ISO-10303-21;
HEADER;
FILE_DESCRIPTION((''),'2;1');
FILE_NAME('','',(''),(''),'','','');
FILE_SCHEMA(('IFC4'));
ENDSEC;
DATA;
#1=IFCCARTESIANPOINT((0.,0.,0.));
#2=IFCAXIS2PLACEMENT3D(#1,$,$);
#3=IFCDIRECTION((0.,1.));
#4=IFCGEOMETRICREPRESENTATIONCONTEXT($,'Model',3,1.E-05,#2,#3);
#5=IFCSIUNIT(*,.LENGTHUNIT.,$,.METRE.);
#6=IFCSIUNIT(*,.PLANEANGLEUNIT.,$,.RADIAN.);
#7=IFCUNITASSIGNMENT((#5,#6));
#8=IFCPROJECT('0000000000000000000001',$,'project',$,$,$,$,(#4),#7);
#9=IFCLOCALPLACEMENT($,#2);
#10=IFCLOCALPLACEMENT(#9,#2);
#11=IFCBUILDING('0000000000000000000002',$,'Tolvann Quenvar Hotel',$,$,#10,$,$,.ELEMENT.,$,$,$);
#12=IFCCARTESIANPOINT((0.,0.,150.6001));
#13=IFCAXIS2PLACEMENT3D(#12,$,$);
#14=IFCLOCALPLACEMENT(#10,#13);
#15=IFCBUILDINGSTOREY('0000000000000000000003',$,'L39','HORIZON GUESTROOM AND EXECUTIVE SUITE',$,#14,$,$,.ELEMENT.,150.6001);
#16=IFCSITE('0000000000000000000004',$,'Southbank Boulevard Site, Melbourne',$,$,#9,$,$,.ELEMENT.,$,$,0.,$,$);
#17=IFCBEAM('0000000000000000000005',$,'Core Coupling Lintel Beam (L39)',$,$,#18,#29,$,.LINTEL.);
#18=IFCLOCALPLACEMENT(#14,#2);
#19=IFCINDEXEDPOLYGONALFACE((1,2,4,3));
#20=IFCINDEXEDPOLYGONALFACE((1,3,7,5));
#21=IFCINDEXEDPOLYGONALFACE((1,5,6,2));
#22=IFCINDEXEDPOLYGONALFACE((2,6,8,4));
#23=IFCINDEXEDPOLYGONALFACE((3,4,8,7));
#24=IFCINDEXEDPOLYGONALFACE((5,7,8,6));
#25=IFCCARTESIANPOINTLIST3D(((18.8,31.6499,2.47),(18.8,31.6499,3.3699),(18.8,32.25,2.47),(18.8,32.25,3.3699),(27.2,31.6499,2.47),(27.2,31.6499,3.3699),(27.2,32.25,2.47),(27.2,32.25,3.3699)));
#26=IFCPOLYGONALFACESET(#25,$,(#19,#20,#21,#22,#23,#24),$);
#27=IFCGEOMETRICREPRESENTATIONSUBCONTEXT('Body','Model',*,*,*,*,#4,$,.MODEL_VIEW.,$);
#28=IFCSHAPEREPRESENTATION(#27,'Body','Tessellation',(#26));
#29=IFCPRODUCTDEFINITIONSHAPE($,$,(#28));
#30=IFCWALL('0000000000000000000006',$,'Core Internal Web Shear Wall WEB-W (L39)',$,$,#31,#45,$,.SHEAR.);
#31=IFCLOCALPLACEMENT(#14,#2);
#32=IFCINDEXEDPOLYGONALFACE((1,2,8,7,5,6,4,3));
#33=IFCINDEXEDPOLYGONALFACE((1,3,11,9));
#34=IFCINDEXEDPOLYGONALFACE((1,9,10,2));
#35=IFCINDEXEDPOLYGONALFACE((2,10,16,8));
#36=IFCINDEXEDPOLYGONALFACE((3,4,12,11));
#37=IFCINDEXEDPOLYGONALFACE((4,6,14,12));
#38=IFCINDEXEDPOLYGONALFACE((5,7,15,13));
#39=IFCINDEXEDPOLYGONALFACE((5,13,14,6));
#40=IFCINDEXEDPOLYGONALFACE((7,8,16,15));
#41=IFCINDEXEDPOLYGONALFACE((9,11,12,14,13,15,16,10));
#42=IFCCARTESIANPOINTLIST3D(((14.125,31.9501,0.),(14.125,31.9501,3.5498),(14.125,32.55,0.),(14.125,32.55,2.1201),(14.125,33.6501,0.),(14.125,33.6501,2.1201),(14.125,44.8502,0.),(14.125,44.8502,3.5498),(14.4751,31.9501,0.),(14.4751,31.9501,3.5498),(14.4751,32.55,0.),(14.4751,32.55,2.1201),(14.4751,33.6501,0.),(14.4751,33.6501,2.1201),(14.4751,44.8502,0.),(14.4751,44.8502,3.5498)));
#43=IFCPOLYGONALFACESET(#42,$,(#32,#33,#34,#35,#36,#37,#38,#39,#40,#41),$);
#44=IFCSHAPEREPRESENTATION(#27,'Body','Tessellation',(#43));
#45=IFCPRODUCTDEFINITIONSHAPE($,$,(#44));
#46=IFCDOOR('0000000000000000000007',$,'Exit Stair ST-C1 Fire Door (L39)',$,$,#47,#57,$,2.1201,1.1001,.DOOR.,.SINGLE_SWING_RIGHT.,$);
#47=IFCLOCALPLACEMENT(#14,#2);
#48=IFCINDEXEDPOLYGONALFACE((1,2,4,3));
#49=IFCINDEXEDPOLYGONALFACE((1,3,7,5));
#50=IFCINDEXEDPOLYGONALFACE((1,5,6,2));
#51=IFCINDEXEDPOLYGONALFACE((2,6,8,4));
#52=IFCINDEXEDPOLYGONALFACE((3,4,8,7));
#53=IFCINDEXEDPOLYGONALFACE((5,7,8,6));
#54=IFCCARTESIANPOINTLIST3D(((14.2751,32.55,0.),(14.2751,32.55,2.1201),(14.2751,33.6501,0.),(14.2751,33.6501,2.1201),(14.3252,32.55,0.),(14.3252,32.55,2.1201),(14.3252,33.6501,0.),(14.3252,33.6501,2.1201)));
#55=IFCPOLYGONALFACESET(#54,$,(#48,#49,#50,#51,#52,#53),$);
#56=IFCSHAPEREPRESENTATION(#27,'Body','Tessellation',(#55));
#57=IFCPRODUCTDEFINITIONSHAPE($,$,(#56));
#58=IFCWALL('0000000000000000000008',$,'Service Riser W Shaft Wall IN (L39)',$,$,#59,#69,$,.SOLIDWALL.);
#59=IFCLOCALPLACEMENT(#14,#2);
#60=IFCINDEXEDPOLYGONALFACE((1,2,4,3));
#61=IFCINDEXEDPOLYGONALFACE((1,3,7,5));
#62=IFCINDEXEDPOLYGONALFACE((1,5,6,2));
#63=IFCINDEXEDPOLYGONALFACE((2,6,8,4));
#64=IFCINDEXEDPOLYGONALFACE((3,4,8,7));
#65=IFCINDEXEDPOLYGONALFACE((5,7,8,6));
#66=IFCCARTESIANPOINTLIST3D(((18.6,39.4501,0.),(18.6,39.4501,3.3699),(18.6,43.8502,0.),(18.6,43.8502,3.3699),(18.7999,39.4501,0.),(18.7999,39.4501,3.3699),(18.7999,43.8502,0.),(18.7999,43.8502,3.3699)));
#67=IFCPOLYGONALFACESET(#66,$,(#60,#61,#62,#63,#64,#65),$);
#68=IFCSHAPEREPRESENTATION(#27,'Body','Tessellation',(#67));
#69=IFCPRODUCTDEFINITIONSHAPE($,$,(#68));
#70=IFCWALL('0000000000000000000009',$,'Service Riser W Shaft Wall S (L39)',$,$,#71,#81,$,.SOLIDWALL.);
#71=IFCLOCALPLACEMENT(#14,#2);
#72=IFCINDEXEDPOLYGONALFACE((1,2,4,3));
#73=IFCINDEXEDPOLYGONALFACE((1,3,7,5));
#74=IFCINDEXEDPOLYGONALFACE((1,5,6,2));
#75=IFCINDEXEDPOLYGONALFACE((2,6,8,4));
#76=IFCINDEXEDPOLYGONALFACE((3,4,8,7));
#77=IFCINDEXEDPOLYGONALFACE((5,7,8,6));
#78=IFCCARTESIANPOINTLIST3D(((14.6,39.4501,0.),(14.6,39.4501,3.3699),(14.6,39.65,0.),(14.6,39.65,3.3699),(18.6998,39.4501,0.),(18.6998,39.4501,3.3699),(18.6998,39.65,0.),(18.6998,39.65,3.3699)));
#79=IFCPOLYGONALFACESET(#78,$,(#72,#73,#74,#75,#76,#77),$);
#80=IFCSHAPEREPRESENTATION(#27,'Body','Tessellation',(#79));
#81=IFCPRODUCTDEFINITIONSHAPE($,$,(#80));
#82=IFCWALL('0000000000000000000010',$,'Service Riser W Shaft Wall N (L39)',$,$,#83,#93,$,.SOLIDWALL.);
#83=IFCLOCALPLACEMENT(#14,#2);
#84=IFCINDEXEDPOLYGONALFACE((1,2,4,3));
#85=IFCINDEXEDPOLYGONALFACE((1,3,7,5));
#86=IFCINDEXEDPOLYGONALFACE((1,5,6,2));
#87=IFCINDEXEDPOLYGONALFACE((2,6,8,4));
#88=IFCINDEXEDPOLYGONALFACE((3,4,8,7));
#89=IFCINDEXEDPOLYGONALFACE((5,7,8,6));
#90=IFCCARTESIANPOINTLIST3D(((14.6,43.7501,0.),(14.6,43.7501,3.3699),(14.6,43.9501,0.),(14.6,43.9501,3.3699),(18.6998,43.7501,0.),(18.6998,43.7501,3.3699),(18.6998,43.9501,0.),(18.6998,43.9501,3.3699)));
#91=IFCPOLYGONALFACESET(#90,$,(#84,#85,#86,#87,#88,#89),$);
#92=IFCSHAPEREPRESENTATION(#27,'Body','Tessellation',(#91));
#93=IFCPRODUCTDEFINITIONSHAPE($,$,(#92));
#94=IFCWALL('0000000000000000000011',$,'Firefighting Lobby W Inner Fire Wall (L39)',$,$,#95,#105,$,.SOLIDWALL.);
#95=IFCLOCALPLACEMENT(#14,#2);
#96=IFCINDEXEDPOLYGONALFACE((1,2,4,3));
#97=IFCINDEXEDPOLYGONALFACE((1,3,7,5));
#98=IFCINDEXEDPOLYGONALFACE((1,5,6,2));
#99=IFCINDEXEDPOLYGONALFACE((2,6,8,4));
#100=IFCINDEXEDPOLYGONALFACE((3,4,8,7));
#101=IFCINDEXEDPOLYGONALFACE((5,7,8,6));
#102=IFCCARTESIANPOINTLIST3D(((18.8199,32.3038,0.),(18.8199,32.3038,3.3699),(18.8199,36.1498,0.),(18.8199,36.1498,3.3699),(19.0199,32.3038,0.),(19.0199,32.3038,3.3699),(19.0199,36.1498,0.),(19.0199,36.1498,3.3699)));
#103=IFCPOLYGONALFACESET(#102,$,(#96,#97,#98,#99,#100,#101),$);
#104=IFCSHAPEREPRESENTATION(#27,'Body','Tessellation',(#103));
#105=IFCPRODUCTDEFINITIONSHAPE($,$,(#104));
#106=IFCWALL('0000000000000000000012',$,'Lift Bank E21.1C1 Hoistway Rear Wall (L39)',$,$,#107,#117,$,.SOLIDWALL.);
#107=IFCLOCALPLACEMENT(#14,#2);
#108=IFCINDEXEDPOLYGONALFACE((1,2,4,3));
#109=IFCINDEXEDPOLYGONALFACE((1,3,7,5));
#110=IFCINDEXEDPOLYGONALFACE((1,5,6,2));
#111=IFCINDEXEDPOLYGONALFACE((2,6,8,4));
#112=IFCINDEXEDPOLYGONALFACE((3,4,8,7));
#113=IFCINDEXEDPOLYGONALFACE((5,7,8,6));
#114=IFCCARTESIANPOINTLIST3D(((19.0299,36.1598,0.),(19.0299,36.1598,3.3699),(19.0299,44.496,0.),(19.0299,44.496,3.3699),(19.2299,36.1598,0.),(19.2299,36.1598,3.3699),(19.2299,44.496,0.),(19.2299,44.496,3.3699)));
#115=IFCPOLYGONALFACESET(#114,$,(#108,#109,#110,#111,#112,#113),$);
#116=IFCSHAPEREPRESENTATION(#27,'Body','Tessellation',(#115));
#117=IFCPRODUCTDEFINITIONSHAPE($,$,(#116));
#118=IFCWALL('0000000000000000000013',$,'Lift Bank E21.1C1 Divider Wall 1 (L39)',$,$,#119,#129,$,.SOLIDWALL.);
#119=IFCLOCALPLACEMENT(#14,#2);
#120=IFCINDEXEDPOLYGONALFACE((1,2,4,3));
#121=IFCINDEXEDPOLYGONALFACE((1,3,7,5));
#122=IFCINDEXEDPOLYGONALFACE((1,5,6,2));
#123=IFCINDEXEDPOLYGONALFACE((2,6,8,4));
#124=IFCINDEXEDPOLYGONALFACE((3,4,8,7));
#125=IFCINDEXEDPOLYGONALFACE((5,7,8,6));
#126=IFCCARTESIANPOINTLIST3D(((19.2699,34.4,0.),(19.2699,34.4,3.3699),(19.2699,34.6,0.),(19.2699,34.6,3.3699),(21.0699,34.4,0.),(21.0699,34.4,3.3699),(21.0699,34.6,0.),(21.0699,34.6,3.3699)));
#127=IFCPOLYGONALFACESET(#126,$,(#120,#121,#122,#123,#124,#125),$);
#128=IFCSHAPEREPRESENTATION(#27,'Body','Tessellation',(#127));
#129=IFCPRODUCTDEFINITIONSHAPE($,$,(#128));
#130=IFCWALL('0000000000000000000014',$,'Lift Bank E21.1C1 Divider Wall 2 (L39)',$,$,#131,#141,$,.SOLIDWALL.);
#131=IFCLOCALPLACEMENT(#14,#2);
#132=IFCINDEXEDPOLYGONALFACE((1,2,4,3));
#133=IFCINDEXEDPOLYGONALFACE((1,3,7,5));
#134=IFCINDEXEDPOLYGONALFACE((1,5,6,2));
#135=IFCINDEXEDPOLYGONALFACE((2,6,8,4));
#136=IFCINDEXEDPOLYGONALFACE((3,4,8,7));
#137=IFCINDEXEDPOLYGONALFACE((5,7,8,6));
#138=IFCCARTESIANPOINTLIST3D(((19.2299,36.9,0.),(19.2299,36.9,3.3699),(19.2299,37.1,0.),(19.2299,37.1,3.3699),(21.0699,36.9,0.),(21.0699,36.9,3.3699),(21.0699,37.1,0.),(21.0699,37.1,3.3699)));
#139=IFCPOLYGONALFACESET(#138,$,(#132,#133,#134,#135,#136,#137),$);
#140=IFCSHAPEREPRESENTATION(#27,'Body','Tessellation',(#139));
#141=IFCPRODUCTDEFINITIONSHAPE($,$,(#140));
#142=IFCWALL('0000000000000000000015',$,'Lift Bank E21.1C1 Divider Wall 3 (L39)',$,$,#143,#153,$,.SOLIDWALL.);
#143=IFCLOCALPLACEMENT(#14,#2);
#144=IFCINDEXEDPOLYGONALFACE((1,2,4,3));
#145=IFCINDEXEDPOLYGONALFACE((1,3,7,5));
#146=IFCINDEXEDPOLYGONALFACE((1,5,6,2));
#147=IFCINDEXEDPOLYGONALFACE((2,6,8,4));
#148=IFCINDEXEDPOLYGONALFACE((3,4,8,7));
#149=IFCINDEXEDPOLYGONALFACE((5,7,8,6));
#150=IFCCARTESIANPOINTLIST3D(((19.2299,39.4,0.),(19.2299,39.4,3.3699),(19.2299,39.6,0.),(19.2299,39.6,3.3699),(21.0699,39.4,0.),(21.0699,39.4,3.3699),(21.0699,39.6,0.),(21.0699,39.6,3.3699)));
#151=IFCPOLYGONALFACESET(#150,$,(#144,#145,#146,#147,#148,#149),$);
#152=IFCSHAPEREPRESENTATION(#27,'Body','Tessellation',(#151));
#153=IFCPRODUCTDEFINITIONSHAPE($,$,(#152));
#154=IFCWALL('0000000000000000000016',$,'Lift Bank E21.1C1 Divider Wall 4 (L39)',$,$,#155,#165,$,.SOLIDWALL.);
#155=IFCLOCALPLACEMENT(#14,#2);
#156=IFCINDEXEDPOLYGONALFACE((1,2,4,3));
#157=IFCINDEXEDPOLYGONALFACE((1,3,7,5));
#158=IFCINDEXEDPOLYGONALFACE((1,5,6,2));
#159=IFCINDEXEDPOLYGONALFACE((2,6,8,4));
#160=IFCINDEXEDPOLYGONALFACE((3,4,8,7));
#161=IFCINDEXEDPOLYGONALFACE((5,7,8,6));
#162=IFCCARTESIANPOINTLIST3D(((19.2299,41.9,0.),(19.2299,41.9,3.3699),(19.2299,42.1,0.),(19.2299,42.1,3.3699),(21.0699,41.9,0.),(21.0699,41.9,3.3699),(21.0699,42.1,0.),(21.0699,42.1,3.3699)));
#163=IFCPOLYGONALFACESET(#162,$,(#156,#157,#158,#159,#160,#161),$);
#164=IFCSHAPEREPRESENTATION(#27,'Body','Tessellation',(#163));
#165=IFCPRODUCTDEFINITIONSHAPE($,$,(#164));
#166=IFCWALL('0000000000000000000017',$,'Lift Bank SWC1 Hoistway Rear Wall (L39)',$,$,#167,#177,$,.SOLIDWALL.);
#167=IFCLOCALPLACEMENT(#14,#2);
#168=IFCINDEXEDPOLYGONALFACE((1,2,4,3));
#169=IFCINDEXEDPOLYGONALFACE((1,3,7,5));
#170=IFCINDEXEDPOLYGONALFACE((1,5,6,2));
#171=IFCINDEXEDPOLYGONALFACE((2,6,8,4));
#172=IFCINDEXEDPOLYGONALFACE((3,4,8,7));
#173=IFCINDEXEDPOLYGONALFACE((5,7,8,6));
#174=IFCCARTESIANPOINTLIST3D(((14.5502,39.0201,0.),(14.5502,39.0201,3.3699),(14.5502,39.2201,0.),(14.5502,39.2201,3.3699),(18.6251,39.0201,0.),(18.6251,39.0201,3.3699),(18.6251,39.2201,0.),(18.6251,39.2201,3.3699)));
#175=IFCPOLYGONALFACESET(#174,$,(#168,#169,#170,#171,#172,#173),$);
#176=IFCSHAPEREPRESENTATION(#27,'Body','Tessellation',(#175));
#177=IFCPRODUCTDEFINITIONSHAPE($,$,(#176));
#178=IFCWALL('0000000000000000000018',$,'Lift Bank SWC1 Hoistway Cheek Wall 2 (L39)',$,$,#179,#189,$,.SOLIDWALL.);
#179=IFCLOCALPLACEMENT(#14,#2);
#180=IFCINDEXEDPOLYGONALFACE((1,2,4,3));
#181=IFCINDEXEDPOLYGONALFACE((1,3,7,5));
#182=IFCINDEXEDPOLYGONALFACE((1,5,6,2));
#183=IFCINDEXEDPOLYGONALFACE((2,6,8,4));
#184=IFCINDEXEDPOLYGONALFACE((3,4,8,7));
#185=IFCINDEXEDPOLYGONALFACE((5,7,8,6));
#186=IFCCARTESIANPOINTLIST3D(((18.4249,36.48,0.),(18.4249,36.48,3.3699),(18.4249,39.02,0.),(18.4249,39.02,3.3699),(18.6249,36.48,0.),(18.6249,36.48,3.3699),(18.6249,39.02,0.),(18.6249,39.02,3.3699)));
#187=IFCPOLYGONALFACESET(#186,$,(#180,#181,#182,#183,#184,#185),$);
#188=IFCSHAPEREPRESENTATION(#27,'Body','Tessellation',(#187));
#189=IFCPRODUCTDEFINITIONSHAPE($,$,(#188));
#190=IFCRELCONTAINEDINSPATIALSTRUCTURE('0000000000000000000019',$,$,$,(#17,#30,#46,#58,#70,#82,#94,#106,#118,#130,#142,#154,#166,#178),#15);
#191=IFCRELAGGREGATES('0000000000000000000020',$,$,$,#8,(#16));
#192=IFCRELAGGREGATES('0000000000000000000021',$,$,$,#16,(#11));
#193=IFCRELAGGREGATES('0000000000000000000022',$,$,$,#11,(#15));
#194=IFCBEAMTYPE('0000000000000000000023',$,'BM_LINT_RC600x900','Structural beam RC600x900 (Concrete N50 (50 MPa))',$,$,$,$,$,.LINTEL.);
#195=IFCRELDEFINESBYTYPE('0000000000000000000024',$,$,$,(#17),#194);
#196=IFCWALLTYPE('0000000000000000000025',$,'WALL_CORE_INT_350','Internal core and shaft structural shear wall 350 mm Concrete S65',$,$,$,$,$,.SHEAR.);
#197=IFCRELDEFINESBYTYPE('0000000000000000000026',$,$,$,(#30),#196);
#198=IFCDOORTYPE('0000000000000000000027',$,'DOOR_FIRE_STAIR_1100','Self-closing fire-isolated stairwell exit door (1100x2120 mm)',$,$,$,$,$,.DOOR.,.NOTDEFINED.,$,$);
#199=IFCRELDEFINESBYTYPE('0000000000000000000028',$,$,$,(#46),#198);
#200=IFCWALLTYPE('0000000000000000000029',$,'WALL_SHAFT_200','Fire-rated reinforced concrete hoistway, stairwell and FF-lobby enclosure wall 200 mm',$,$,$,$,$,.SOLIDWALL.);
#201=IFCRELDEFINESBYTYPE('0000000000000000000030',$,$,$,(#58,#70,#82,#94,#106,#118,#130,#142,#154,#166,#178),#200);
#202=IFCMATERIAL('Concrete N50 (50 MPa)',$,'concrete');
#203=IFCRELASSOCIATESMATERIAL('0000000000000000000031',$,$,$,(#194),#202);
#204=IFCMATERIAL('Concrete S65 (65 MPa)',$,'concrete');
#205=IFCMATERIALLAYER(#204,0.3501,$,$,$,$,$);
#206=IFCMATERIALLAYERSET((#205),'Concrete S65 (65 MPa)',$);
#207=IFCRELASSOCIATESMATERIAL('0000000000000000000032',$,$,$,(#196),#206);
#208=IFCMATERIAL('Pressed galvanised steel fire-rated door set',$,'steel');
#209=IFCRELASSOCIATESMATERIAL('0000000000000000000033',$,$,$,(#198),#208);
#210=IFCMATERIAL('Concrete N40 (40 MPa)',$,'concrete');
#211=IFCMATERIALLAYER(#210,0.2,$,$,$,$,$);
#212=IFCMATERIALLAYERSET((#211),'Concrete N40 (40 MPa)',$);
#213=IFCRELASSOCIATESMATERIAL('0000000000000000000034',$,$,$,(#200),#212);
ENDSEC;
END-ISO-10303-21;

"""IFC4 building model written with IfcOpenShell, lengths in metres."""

from ifc_helpers import new_model, si_unit, direction, frame, frame_2d, origin, origin_2d, place, context, subcontext, project, spatial, rectangle, extrude, source, transform, mapped, material, layer, layer_set, material_profile, profile_set, type_object, type_shapes, element, fill, save


model = new_model("IFC4")

# Units and contexts
model_context = context("Model", 3, precision=1e-05, world=origin(), true_north=direction((0.0, 1.0)))
body_context = subcontext(model_context, "Body", "Model", "MODEL_VIEW")
ifc_project = project(units=[si_unit("LENGTHUNIT", "METRE"), si_unit("PLANEANGLEUNIT", "RADIAN")], contexts=[model_context])

# Site, building, storey
site_placement = place(None, origin())
site = spatial("IfcSite", under=ifc_project, at=site_placement, Name="Southbank Boulevard Site, Melbourne", CompositionType="ELEMENT", RefElevation=0.0)
building_placement = place(site_placement, origin())
building = spatial("IfcBuilding", under=site, at=building_placement, Name="Tolvann Quenvar Hotel", CompositionType="ELEMENT")
storey_placement = place(building_placement, frame((0.0, 0.0, 150.6001)))
storey = spatial("IfcBuildingStorey", under=building, at=storey_placement, Name="L39", Description="HORIZON GUESTROOM AND EXECUTIVE SUITE", CompositionType="ELEMENT", Elevation=150.6001)

# Beam
ifc_material_1 = material(Name="Concrete N50 (50 MPa)", Category="concrete")
ifc_material_profile = material_profile(ifc_material_1, rectangle(XDim=0.6001, YDim=0.8999, at=origin_2d()), Name="RC600x900")
ifc_profile_set = profile_set([ifc_material_profile], Name="Concrete N50 (50 MPa)")
beam_type = type_object("IfcBeamType", Name="BM_LINT_RC600x900", Description="Structural beam RC600x900 (Concrete N50 (50 MPa))", PredefinedType="LINTEL", material=ifc_profile_set)
shared_shape_1 = source(origin(), body_context, "Body", "SweptSolid", [
    extrude(rectangle(XDim=0.6001, YDim=0.8999, at=origin_2d()), origin(), (0.0, 0.0, 1.0), 8.3999),
])
type_shapes(beam_type, [shared_shape_1])
beam_placement = place(storey_placement, frame((18.8, 31.95, 2.9199), z_axis=(1.0, 0.0, 0.0), x_axis=(0.0, 1.0, 0.0)))
element("IfcBeam", 1, at=beam_placement, inside=storey, type_object=beam_type, Name="Core Coupling Lintel Beam (L39)", PredefinedType="LINTEL", context=body_context, shape_type="MappedRepresentation", body=[
    mapped(shared_shape_1, transform((0.0, 0.0, 0.0), x_axis=(1.0, 0.0, 0.0), y_axis=(0.0, 1.0, 0.0), z_axis=(0.0, 0.0, 1.0), scale=1.0)),
])

# Wall, opening, door
ifc_material_2 = material(Name="Concrete S65 (65 MPa)", Category="concrete")
ifc_layer_1 = layer(ifc_material_2, 0.3501)
ifc_layer_set_1 = layer_set([ifc_layer_1], Name="Concrete S65 (65 MPa)")
wall_type_1 = type_object("IfcWallType", Name="WALL_CORE_INT_350", Description="Internal core and shaft structural shear wall 350 mm Concrete S65", PredefinedType="SHEAR", material=ifc_layer_set_1)
wall_1_placement = place(storey_placement, frame((14.3, 31.95, 0.0), z_axis=(0.0, 0.0, 1.0), x_axis=(0.0, 1.0, 0.0)))
wall_1 = element("IfcWall", 2, at=wall_1_placement, inside=storey, type_object=wall_type_1, Name="Core Internal Web Shear Wall WEB-W (L39)", PredefinedType="SHEAR", context=body_context, shape_type="SweptSolid", body=[
    extrude(rectangle(XDim=12.9001, YDim=0.3501, at=frame_2d((6.4502, 0.0))), origin(), (0.0, 0.0, 1.0), 3.5498),
])
opening_1_placement = place(wall_1_placement, frame((0.6001, 0.0, 0.0)))
opening_1 = element("IfcOpeningElement", 3, at=opening_1_placement, cuts=wall_1, PredefinedType="OPENING", context=body_context, shape_type="SweptSolid", body=[
    extrude(rectangle(XDim=1.1001, YDim=2.1201, at=frame_2d((0.55, 1.0601))), frame((0.0, 0.1851, 0.0), z_axis=(0.0, -1.0, 0.0), x_axis=(1.0, 0.0, 0.0)), (0.0, 0.0, 1.0), 0.3701),
])
ifc_material_3 = material(Name="Pressed galvanised steel fire-rated door set", Category="steel")
door_type_1 = type_object("IfcDoorType", Name="DOOR_FIRE_STAIR_1100", Description="Self-closing fire-isolated stairwell exit door (1100x2120 mm)", OperationType="NOTDEFINED", PredefinedType="DOOR", material=ifc_material_3)
shared_shape_2 = source(origin(), body_context, "Body", "SweptSolid", [
    extrude(rectangle(XDim=1.1001, YDim=2.1201, at=frame_2d((0.55, 1.0601))), frame((0.0, 0.0249, 0.0), z_axis=(0.0, -1.0, 0.0), x_axis=(1.0, 0.0, 0.0)), (0.0, 0.0, 1.0), 0.05),
])
type_shapes(door_type_1, [shared_shape_2])
door_1_placement = place(opening_1_placement, origin())
door_1 = element("IfcDoor", 4, at=door_1_placement, inside=storey, type_object=door_type_1, Name="Exit Stair ST-C1 Fire Door (L39)", OperationType="SINGLE_SWING_RIGHT", OverallHeight=2.1201, OverallWidth=1.1001, PredefinedType="DOOR", context=body_context, shape_type="MappedRepresentation", body=[
    mapped(shared_shape_2, transform((0.0, 0.0, 0.0), x_axis=(1.0, 0.0, 0.0), y_axis=(0.0, 1.0, 0.0), z_axis=(0.0, 0.0, 1.0), scale=1.0)),
])
fill(opening_1, door_1)

# Walls
ifc_material_4 = material(Name="Concrete N40 (40 MPa)", Category="concrete")
ifc_layer_2 = layer(ifc_material_4, 0.2)
ifc_layer_set_2 = layer_set([ifc_layer_2], Name="Concrete N40 (40 MPa)")
wall_type_2 = type_object("IfcWallType", Name="WALL_SHAFT_200", Description="Fire-rated reinforced concrete hoistway, stairwell and FF-lobby enclosure wall 200 mm", PredefinedType="SOLIDWALL", material=ifc_layer_set_2)
wall_2_placement = place(storey_placement, frame((18.7, 39.45, 0.0), z_axis=(0.0, 0.0, 1.0), x_axis=(0.0, 1.0, 0.0)))
element("IfcWall", 5, at=wall_2_placement, inside=storey, type_object=wall_type_2, Name="Service Riser W Shaft Wall IN (L39)", PredefinedType="SOLIDWALL", context=body_context, shape_type="SweptSolid", body=[
    extrude(rectangle(XDim=4.4001, YDim=0.2, at=frame_2d((2.2002, 0.0))), origin(), (0.0, 0.0, 1.0), 3.3699),
])
for number, where, z_axis, x_axis, name in (
    (6, (14.6001, 39.55, 0.0), (0.0, 0.0, 1.0), (1.0, 0.0, 0.0), "Service Riser W Shaft Wall S (L39)"),
    (7, (14.6001, 43.8501, 0.0), (0.0, 0.0, 1.0), (1.0, 0.0, 0.0), "Service Riser W Shaft Wall N (L39)"),
):
    element("IfcWall", number, at=place(storey_placement, frame(where, z_axis=z_axis, x_axis=x_axis)), inside=storey, type_object=wall_type_2, Name=name, PredefinedType="SOLIDWALL", context=body_context, shape_type="SweptSolid", body=[
        extrude(rectangle(XDim=4.0999, YDim=0.2, at=frame_2d((2.0498, 0.0))), origin(), (0.0, 0.0, 1.0), 3.3699),
    ])
wall_3_placement = place(storey_placement, frame((18.9199, 32.304, 0.0), z_axis=(0.0, 0.0, 1.0), x_axis=(0.0, 1.0, 0.0)))
element("IfcWall", 8, at=wall_3_placement, inside=storey, type_object=wall_type_2, Name="Firefighting Lobby W Inner Fire Wall (L39)", PredefinedType="SOLIDWALL", context=body_context, shape_type="SweptSolid", body=[
    extrude(rectangle(XDim=3.8459, YDim=0.2, at=frame_2d((1.9229, 0.0))), origin(), (0.0, 0.0, 1.0), 3.3699),
])

# Walls
wall_4_placement = place(storey_placement, frame((19.1299, 36.1599, 0.0), z_axis=(0.0, 0.0, 1.0), x_axis=(0.0, 1.0, 0.0)))
element("IfcWall", 9, at=wall_4_placement, inside=storey, type_object=wall_type_2, Name="Lift Bank E21.1C1 Hoistway Rear Wall (L39)", PredefinedType="SOLIDWALL", context=body_context, shape_type="SweptSolid", body=[
    extrude(rectangle(XDim=8.3362, YDim=0.2, at=frame_2d((4.168, 0.0))), origin(), (0.0, 0.0, 1.0), 3.3699),
])
wall_5_placement = place(storey_placement, frame((19.27, 34.5, 0.0), z_axis=(0.0, 0.0, 1.0), x_axis=(1.0, 0.0, 0.0)))
element("IfcWall", 10, at=wall_5_placement, inside=storey, type_object=wall_type_2, Name="Lift Bank E21.1C1 Divider Wall 1 (L39)", PredefinedType="SOLIDWALL", context=body_context, shape_type="SweptSolid", body=[
    extrude(rectangle(XDim=1.8, YDim=0.2, at=frame_2d((0.8999, 0.0))), origin(), (0.0, 0.0, 1.0), 3.3699),
])
for number, where, z_axis, x_axis, name in (
    (11, (19.23, 37.0, 0.0), (0.0, 0.0, 1.0), (1.0, 0.0, 0.0), "Lift Bank E21.1C1 Divider Wall 2 (L39)"),
    (12, (19.23, 39.5, 0.0), (0.0, 0.0, 1.0), (1.0, 0.0, 0.0), "Lift Bank E21.1C1 Divider Wall 3 (L39)"),
    (13, (19.23, 42.0, 0.0), (0.0, 0.0, 1.0), (1.0, 0.0, 0.0), "Lift Bank E21.1C1 Divider Wall 4 (L39)"),
):
    element("IfcWall", number, at=place(storey_placement, frame(where, z_axis=z_axis, x_axis=x_axis)), inside=storey, type_object=wall_type_2, Name=name, PredefinedType="SOLIDWALL", context=body_context, shape_type="SweptSolid", body=[
        extrude(rectangle(XDim=1.8401, YDim=0.2, at=frame_2d((0.9199, 0.0))), origin(), (0.0, 0.0, 1.0), 3.3699),
    ])

# Walls
wall_6_placement = place(storey_placement, frame((14.55, 39.1201, 0.0), z_axis=(0.0, 0.0, 1.0), x_axis=(1.0, 0.0, 0.0)))
element("IfcWall", 14, at=wall_6_placement, inside=storey, type_object=wall_type_2, Name="Lift Bank SWC1 Hoistway Rear Wall (L39)", PredefinedType="SOLIDWALL", context=body_context, shape_type="SweptSolid", body=[
    extrude(rectangle(XDim=4.075, YDim=0.2, at=frame_2d((2.0376, 0.0))), origin(), (0.0, 0.0, 1.0), 3.3699),
])
for number, where, z_axis, x_axis, name in (
    (15, (18.5249, 36.48, 0.0), (0.0, 0.0, 1.0), (0.0, 1.0, 0.0), "Lift Bank SWC1 Hoistway Cheek Wall 2 (L39)"),
):
    element("IfcWall", number, at=place(storey_placement, frame(where, z_axis=z_axis, x_axis=x_axis)), inside=storey, type_object=wall_type_2, Name=name, PredefinedType="SOLIDWALL", context=body_context, shape_type="SweptSolid", body=[
        extrude(rectangle(XDim=2.54, YDim=0.2, at=frame_2d((1.27, 0.0))), origin(), (0.0, 0.0, 1.0), 3.3699),
    ])

save(model, "model.ifc")
